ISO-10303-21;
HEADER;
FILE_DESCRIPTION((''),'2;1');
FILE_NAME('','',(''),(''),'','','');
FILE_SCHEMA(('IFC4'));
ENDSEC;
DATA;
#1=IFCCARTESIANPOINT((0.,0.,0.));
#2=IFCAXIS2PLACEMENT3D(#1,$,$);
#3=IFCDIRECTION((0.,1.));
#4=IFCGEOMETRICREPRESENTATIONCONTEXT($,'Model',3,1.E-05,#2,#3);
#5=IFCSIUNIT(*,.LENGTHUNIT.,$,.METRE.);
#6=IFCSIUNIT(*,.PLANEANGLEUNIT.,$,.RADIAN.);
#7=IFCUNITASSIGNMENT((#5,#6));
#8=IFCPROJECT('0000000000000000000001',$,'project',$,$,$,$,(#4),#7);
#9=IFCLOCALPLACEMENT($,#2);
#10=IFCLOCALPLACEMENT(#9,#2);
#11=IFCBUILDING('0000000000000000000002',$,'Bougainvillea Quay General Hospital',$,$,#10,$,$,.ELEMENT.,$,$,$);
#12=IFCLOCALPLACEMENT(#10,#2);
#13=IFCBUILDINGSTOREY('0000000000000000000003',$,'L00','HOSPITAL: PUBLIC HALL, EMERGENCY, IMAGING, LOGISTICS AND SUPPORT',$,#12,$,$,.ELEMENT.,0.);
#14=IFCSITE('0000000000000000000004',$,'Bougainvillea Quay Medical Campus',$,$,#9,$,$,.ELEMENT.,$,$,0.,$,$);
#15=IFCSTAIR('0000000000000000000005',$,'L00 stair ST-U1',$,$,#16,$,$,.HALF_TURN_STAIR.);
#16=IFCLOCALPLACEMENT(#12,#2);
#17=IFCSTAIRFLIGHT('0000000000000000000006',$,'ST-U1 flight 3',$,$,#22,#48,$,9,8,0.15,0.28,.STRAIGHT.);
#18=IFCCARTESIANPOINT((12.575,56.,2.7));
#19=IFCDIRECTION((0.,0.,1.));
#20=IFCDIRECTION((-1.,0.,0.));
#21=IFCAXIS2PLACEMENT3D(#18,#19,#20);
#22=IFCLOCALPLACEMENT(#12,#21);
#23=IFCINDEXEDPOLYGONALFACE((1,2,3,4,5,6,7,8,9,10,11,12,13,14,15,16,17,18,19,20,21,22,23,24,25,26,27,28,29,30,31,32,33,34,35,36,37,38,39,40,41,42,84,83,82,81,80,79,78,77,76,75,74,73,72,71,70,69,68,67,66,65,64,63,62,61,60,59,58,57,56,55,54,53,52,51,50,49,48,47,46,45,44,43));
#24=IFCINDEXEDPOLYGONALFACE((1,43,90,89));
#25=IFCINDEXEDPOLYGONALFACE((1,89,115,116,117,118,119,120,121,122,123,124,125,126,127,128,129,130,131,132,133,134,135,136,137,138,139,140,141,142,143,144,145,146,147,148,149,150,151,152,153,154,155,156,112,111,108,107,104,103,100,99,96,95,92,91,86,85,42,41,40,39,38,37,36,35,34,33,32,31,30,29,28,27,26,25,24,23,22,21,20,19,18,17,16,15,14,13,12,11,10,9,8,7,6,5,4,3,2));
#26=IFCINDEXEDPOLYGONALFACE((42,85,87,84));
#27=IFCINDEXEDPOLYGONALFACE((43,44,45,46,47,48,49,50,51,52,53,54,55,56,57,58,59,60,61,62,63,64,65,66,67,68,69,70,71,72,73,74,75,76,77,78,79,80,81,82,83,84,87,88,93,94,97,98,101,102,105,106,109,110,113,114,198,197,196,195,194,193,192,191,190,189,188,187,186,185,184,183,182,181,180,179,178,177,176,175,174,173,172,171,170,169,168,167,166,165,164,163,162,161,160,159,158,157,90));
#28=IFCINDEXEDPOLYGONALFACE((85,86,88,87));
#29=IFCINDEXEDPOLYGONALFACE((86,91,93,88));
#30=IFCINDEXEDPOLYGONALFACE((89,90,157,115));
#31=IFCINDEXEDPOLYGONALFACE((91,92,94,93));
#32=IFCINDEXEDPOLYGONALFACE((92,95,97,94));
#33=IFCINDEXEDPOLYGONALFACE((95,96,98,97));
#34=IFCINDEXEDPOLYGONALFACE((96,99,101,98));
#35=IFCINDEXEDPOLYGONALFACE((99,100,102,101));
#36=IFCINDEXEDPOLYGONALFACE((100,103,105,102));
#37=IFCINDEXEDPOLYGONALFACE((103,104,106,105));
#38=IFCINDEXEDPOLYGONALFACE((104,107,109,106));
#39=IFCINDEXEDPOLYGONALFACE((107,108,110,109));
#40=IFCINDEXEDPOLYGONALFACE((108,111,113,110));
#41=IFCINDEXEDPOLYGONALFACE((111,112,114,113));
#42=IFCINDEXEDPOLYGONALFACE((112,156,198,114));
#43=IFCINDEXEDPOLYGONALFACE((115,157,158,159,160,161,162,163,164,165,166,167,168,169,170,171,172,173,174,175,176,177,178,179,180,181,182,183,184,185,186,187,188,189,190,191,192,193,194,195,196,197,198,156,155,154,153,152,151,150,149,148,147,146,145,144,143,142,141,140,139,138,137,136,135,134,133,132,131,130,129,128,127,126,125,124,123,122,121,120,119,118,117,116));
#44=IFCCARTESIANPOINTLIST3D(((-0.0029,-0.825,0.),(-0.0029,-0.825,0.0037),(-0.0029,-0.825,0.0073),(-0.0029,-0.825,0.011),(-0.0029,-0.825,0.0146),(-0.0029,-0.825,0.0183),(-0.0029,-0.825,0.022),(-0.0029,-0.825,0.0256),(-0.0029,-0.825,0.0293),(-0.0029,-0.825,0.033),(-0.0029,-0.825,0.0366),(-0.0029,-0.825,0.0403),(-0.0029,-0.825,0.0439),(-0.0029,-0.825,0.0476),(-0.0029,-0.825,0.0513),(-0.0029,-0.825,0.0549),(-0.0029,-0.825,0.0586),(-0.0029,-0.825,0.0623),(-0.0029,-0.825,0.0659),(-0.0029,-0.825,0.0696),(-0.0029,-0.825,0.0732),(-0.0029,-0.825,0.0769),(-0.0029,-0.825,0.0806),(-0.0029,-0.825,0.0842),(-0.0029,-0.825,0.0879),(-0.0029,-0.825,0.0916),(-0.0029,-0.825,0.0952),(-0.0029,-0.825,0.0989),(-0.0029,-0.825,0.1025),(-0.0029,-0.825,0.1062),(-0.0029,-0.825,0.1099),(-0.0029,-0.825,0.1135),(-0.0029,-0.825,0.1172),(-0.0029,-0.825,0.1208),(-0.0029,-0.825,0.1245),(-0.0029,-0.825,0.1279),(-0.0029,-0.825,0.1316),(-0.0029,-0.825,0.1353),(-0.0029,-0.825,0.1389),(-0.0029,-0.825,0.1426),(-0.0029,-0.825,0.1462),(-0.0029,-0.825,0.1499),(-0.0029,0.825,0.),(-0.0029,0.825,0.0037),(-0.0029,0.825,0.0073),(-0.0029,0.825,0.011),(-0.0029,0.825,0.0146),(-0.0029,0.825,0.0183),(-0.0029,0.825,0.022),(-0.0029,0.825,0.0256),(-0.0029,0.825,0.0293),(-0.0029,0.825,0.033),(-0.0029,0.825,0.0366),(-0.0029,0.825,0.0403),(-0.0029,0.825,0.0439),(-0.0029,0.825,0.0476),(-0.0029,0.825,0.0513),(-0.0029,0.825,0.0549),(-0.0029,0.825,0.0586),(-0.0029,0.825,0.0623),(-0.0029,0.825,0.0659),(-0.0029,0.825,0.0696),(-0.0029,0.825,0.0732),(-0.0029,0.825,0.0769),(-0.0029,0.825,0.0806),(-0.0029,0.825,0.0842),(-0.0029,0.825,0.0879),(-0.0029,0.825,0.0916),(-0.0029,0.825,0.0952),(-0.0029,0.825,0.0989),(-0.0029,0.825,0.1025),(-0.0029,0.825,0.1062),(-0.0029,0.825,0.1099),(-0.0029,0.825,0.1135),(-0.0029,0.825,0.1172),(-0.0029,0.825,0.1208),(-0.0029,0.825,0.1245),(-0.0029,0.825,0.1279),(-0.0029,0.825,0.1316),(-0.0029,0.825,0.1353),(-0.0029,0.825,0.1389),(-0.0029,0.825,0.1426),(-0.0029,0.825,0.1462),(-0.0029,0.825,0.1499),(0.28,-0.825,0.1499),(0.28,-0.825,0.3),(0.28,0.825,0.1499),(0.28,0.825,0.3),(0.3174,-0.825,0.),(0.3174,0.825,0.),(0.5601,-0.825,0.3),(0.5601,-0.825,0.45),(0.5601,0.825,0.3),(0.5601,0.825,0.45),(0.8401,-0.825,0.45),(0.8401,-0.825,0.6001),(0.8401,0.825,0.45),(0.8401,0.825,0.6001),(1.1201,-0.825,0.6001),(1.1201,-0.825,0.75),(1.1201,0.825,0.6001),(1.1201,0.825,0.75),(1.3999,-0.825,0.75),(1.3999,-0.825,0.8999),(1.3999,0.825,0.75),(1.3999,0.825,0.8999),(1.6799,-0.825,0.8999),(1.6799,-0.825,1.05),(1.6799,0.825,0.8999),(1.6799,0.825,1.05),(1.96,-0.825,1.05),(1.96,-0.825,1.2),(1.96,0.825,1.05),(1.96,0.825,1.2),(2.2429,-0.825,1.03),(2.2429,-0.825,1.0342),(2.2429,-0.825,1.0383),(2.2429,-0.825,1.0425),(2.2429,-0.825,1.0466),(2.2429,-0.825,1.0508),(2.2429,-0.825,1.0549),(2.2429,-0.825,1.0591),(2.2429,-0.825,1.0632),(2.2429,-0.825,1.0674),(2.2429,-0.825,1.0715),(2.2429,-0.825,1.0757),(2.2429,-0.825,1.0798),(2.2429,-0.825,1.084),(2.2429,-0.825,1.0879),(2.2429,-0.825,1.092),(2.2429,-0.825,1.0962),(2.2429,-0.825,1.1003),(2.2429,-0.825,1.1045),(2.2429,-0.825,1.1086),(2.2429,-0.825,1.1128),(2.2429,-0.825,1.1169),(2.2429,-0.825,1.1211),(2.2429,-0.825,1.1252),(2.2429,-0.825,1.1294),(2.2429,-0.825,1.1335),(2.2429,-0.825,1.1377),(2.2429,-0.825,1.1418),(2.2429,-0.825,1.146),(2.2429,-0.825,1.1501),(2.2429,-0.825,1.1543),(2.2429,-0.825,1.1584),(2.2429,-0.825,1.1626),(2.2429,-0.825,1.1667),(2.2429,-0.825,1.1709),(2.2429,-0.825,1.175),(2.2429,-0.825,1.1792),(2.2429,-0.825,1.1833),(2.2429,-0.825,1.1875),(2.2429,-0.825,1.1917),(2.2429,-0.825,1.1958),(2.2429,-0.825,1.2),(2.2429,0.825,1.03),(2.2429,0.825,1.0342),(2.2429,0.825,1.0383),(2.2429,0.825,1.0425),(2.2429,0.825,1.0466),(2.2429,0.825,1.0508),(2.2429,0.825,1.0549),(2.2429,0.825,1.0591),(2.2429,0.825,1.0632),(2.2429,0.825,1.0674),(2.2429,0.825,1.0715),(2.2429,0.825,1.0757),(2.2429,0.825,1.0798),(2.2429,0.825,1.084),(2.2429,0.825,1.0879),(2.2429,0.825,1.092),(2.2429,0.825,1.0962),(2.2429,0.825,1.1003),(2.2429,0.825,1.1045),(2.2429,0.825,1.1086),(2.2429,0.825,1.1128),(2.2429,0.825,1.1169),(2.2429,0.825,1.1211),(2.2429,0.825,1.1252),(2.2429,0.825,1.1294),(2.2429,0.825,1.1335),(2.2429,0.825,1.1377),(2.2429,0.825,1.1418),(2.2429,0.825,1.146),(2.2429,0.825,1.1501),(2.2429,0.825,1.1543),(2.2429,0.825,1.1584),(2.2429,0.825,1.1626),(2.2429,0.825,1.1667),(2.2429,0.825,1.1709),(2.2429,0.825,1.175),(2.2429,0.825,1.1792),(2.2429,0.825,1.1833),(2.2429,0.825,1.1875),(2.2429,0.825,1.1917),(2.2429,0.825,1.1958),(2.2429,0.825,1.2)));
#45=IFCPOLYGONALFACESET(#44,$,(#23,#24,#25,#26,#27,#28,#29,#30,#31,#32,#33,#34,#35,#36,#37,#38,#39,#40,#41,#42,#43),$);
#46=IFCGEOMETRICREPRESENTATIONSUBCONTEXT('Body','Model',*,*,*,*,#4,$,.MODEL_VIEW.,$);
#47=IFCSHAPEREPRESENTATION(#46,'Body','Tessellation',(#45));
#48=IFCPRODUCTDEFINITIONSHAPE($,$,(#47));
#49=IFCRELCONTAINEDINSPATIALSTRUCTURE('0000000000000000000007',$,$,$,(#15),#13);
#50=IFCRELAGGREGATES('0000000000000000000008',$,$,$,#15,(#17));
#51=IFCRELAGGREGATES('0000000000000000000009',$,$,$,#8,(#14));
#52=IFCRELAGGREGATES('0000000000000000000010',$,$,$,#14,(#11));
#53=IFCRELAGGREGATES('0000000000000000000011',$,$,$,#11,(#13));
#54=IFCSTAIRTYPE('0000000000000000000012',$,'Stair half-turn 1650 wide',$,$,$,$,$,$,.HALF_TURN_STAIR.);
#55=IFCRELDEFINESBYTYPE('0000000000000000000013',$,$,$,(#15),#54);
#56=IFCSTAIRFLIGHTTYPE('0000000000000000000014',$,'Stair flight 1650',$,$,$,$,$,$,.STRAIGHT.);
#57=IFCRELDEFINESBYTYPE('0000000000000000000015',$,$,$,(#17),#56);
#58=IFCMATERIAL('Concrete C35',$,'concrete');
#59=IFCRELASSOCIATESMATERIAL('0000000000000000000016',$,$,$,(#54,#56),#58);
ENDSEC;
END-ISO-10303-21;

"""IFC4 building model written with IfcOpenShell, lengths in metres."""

from ifc_helpers import new_model, si_unit, direction, frame, origin, place, context, subcontext, project, spatial, polyline, outline, extrude, material, type_object, element, aggregate, save


model = new_model("IFC4")

# Units and contexts
model_context = context("Model", 3, precision=1e-05, world=origin(), true_north=direction((0.0, 1.0)))
body_context = subcontext(model_context, "Body", "Model", "MODEL_VIEW")
ifc_project = project(units=[si_unit("LENGTHUNIT", "METRE"), si_unit("PLANEANGLEUNIT", "RADIAN")], contexts=[model_context])

# Site, building, storey
site_placement = place(None, origin())
site = spatial("IfcSite", under=ifc_project, at=site_placement, Name="Bougainvillea Quay Medical Campus", CompositionType="ELEMENT", RefElevation=0.0)
building_placement = place(site_placement, origin())
building = spatial("IfcBuilding", under=site, at=building_placement, Name="Bougainvillea Quay General Hospital", CompositionType="ELEMENT")
storey_placement = place(building_placement, origin())
storey = spatial("IfcBuildingStorey", under=building, at=storey_placement, Name="L00", Description="HOSPITAL: PUBLIC HALL, EMERGENCY, IMAGING, LOGISTICS AND SUPPORT", CompositionType="ELEMENT", Elevation=0.0)

# Stair, stair flight
ifc_material_1 = material(Name="Concrete C35", Category="concrete")
stair_type = type_object("IfcStairType", Name="Stair half-turn 1650 wide", PredefinedType="HALF_TURN_STAIR", material=ifc_material_1)
stair_placement = place(storey_placement, origin())
stair = element("IfcStair", 1, at=stair_placement, inside=storey, type_object=stair_type, Name="L00 stair ST-U1", PredefinedType="HALF_TURN_STAIR")
stair_flight_type = type_object("IfcStairFlightType", Name="Stair flight 1650", PredefinedType="STRAIGHT", material=ifc_material_1)
stair_flight_1_placement = place(storey_placement, frame((12.575, 56.0, 2.7), z_axis=(0.0, 0.0, 1.0), x_axis=(-1.0, 0.0, 0.0)))
stair_flight_1 = element("IfcStairFlight", 2, at=stair_flight_1_placement, type_object=stair_flight_type, Name="ST-U1 flight 3", NumberOfRisers=9, NumberOfTreads=8, PredefinedType="STRAIGHT", RiserHeight=0.15, TreadLength=0.28, context=body_context, shape_type="SweptSolid", body=[
    extrude(outline(polyline([(-0.0029, 0.0), (-0.0029, 0.0037), (-0.0029, 0.0073), (-0.0029, 0.011), (-0.0029, 0.0146), (-0.0029, 0.0183), (-0.0029, 0.022), (-0.0029, 0.0256), (-0.0029, 0.0293), (-0.0029, 0.033), (-0.0029, 0.0366), (-0.0029, 0.0403), (-0.0029, 0.0439), (-0.0029, 0.0476), (-0.0029, 0.0513), (-0.0029, 0.0549), (-0.0029, 0.0586), (-0.0029, 0.0623), (-0.0029, 0.0659), (-0.0029, 0.0696), (-0.0029, 0.0732), (-0.0029, 0.0769), (-0.0029, 0.0806), (-0.0029, 0.0842), (-0.0029, 0.0879), (-0.0029, 0.0916), (-0.0029, 0.0952), (-0.0029, 0.0989), (-0.0029, 0.1025), (-0.0029, 0.1062), (-0.0029, 0.1099), (-0.0029, 0.1135), (-0.0029, 0.1172), (-0.0029, 0.1208), (-0.0029, 0.1245), (-0.0029, 0.1279), (-0.0029, 0.1316), (-0.0029, 0.1353), (-0.0029, 0.1389), (-0.0029, 0.1426), (-0.0029, 0.1462), (-0.0029, 0.1499), (0.28, 0.1499), (0.28, 0.3), (0.5601, 0.3), (0.5601, 0.45), (0.8401, 0.45), (0.8401, 0.6001), (1.1201, 0.6001), (1.1201, 0.75), (1.3999, 0.75), (1.3999, 0.8999), (1.6799, 0.8999), (1.6799, 1.05), (1.96, 1.05), (1.96, 1.2), (2.2429, 1.2), (2.2429, 1.1958), (2.2429, 1.1917), (2.2429, 1.1875), (2.2429, 1.1833), (2.2429, 1.1792), (2.2429, 1.175), (2.2429, 1.1709), (2.2429, 1.1667), (2.2429, 1.1626), (2.2429, 1.1584), (2.2429, 1.1543), (2.2429, 1.1501), (2.2429, 1.146), (2.2429, 1.1418), (2.2429, 1.1377), (2.2429, 1.1335), (2.2429, 1.1294), (2.2429, 1.1252), (2.2429, 1.1211), (2.2429, 1.1169), (2.2429, 1.1128), (2.2429, 1.1086), (2.2429, 1.1045), (2.2429, 1.1003), (2.2429, 1.0962), (2.2429, 1.092), (2.2429, 1.0879), (2.2429, 1.084), (2.2429, 1.0798), (2.2429, 1.0757), (2.2429, 1.0715), (2.2429, 1.0674), (2.2429, 1.0632), (2.2429, 1.0591), (2.2429, 1.0549), (2.2429, 1.0508), (2.2429, 1.0466), (2.2429, 1.0425), (2.2429, 1.0383), (2.2429, 1.0342), (2.2429, 1.03), (0.3174, 0.0), (-0.0029, 0.0)])), frame((0.0, 0.825, 0.0), z_axis=(0.0, -1.0, 0.0), x_axis=(1.0, 0.0, 0.0)), (0.0, 0.0, 1.0), 1.6499),
])
aggregate(stair, [stair_flight_1])

save(model, "model.ifc")
